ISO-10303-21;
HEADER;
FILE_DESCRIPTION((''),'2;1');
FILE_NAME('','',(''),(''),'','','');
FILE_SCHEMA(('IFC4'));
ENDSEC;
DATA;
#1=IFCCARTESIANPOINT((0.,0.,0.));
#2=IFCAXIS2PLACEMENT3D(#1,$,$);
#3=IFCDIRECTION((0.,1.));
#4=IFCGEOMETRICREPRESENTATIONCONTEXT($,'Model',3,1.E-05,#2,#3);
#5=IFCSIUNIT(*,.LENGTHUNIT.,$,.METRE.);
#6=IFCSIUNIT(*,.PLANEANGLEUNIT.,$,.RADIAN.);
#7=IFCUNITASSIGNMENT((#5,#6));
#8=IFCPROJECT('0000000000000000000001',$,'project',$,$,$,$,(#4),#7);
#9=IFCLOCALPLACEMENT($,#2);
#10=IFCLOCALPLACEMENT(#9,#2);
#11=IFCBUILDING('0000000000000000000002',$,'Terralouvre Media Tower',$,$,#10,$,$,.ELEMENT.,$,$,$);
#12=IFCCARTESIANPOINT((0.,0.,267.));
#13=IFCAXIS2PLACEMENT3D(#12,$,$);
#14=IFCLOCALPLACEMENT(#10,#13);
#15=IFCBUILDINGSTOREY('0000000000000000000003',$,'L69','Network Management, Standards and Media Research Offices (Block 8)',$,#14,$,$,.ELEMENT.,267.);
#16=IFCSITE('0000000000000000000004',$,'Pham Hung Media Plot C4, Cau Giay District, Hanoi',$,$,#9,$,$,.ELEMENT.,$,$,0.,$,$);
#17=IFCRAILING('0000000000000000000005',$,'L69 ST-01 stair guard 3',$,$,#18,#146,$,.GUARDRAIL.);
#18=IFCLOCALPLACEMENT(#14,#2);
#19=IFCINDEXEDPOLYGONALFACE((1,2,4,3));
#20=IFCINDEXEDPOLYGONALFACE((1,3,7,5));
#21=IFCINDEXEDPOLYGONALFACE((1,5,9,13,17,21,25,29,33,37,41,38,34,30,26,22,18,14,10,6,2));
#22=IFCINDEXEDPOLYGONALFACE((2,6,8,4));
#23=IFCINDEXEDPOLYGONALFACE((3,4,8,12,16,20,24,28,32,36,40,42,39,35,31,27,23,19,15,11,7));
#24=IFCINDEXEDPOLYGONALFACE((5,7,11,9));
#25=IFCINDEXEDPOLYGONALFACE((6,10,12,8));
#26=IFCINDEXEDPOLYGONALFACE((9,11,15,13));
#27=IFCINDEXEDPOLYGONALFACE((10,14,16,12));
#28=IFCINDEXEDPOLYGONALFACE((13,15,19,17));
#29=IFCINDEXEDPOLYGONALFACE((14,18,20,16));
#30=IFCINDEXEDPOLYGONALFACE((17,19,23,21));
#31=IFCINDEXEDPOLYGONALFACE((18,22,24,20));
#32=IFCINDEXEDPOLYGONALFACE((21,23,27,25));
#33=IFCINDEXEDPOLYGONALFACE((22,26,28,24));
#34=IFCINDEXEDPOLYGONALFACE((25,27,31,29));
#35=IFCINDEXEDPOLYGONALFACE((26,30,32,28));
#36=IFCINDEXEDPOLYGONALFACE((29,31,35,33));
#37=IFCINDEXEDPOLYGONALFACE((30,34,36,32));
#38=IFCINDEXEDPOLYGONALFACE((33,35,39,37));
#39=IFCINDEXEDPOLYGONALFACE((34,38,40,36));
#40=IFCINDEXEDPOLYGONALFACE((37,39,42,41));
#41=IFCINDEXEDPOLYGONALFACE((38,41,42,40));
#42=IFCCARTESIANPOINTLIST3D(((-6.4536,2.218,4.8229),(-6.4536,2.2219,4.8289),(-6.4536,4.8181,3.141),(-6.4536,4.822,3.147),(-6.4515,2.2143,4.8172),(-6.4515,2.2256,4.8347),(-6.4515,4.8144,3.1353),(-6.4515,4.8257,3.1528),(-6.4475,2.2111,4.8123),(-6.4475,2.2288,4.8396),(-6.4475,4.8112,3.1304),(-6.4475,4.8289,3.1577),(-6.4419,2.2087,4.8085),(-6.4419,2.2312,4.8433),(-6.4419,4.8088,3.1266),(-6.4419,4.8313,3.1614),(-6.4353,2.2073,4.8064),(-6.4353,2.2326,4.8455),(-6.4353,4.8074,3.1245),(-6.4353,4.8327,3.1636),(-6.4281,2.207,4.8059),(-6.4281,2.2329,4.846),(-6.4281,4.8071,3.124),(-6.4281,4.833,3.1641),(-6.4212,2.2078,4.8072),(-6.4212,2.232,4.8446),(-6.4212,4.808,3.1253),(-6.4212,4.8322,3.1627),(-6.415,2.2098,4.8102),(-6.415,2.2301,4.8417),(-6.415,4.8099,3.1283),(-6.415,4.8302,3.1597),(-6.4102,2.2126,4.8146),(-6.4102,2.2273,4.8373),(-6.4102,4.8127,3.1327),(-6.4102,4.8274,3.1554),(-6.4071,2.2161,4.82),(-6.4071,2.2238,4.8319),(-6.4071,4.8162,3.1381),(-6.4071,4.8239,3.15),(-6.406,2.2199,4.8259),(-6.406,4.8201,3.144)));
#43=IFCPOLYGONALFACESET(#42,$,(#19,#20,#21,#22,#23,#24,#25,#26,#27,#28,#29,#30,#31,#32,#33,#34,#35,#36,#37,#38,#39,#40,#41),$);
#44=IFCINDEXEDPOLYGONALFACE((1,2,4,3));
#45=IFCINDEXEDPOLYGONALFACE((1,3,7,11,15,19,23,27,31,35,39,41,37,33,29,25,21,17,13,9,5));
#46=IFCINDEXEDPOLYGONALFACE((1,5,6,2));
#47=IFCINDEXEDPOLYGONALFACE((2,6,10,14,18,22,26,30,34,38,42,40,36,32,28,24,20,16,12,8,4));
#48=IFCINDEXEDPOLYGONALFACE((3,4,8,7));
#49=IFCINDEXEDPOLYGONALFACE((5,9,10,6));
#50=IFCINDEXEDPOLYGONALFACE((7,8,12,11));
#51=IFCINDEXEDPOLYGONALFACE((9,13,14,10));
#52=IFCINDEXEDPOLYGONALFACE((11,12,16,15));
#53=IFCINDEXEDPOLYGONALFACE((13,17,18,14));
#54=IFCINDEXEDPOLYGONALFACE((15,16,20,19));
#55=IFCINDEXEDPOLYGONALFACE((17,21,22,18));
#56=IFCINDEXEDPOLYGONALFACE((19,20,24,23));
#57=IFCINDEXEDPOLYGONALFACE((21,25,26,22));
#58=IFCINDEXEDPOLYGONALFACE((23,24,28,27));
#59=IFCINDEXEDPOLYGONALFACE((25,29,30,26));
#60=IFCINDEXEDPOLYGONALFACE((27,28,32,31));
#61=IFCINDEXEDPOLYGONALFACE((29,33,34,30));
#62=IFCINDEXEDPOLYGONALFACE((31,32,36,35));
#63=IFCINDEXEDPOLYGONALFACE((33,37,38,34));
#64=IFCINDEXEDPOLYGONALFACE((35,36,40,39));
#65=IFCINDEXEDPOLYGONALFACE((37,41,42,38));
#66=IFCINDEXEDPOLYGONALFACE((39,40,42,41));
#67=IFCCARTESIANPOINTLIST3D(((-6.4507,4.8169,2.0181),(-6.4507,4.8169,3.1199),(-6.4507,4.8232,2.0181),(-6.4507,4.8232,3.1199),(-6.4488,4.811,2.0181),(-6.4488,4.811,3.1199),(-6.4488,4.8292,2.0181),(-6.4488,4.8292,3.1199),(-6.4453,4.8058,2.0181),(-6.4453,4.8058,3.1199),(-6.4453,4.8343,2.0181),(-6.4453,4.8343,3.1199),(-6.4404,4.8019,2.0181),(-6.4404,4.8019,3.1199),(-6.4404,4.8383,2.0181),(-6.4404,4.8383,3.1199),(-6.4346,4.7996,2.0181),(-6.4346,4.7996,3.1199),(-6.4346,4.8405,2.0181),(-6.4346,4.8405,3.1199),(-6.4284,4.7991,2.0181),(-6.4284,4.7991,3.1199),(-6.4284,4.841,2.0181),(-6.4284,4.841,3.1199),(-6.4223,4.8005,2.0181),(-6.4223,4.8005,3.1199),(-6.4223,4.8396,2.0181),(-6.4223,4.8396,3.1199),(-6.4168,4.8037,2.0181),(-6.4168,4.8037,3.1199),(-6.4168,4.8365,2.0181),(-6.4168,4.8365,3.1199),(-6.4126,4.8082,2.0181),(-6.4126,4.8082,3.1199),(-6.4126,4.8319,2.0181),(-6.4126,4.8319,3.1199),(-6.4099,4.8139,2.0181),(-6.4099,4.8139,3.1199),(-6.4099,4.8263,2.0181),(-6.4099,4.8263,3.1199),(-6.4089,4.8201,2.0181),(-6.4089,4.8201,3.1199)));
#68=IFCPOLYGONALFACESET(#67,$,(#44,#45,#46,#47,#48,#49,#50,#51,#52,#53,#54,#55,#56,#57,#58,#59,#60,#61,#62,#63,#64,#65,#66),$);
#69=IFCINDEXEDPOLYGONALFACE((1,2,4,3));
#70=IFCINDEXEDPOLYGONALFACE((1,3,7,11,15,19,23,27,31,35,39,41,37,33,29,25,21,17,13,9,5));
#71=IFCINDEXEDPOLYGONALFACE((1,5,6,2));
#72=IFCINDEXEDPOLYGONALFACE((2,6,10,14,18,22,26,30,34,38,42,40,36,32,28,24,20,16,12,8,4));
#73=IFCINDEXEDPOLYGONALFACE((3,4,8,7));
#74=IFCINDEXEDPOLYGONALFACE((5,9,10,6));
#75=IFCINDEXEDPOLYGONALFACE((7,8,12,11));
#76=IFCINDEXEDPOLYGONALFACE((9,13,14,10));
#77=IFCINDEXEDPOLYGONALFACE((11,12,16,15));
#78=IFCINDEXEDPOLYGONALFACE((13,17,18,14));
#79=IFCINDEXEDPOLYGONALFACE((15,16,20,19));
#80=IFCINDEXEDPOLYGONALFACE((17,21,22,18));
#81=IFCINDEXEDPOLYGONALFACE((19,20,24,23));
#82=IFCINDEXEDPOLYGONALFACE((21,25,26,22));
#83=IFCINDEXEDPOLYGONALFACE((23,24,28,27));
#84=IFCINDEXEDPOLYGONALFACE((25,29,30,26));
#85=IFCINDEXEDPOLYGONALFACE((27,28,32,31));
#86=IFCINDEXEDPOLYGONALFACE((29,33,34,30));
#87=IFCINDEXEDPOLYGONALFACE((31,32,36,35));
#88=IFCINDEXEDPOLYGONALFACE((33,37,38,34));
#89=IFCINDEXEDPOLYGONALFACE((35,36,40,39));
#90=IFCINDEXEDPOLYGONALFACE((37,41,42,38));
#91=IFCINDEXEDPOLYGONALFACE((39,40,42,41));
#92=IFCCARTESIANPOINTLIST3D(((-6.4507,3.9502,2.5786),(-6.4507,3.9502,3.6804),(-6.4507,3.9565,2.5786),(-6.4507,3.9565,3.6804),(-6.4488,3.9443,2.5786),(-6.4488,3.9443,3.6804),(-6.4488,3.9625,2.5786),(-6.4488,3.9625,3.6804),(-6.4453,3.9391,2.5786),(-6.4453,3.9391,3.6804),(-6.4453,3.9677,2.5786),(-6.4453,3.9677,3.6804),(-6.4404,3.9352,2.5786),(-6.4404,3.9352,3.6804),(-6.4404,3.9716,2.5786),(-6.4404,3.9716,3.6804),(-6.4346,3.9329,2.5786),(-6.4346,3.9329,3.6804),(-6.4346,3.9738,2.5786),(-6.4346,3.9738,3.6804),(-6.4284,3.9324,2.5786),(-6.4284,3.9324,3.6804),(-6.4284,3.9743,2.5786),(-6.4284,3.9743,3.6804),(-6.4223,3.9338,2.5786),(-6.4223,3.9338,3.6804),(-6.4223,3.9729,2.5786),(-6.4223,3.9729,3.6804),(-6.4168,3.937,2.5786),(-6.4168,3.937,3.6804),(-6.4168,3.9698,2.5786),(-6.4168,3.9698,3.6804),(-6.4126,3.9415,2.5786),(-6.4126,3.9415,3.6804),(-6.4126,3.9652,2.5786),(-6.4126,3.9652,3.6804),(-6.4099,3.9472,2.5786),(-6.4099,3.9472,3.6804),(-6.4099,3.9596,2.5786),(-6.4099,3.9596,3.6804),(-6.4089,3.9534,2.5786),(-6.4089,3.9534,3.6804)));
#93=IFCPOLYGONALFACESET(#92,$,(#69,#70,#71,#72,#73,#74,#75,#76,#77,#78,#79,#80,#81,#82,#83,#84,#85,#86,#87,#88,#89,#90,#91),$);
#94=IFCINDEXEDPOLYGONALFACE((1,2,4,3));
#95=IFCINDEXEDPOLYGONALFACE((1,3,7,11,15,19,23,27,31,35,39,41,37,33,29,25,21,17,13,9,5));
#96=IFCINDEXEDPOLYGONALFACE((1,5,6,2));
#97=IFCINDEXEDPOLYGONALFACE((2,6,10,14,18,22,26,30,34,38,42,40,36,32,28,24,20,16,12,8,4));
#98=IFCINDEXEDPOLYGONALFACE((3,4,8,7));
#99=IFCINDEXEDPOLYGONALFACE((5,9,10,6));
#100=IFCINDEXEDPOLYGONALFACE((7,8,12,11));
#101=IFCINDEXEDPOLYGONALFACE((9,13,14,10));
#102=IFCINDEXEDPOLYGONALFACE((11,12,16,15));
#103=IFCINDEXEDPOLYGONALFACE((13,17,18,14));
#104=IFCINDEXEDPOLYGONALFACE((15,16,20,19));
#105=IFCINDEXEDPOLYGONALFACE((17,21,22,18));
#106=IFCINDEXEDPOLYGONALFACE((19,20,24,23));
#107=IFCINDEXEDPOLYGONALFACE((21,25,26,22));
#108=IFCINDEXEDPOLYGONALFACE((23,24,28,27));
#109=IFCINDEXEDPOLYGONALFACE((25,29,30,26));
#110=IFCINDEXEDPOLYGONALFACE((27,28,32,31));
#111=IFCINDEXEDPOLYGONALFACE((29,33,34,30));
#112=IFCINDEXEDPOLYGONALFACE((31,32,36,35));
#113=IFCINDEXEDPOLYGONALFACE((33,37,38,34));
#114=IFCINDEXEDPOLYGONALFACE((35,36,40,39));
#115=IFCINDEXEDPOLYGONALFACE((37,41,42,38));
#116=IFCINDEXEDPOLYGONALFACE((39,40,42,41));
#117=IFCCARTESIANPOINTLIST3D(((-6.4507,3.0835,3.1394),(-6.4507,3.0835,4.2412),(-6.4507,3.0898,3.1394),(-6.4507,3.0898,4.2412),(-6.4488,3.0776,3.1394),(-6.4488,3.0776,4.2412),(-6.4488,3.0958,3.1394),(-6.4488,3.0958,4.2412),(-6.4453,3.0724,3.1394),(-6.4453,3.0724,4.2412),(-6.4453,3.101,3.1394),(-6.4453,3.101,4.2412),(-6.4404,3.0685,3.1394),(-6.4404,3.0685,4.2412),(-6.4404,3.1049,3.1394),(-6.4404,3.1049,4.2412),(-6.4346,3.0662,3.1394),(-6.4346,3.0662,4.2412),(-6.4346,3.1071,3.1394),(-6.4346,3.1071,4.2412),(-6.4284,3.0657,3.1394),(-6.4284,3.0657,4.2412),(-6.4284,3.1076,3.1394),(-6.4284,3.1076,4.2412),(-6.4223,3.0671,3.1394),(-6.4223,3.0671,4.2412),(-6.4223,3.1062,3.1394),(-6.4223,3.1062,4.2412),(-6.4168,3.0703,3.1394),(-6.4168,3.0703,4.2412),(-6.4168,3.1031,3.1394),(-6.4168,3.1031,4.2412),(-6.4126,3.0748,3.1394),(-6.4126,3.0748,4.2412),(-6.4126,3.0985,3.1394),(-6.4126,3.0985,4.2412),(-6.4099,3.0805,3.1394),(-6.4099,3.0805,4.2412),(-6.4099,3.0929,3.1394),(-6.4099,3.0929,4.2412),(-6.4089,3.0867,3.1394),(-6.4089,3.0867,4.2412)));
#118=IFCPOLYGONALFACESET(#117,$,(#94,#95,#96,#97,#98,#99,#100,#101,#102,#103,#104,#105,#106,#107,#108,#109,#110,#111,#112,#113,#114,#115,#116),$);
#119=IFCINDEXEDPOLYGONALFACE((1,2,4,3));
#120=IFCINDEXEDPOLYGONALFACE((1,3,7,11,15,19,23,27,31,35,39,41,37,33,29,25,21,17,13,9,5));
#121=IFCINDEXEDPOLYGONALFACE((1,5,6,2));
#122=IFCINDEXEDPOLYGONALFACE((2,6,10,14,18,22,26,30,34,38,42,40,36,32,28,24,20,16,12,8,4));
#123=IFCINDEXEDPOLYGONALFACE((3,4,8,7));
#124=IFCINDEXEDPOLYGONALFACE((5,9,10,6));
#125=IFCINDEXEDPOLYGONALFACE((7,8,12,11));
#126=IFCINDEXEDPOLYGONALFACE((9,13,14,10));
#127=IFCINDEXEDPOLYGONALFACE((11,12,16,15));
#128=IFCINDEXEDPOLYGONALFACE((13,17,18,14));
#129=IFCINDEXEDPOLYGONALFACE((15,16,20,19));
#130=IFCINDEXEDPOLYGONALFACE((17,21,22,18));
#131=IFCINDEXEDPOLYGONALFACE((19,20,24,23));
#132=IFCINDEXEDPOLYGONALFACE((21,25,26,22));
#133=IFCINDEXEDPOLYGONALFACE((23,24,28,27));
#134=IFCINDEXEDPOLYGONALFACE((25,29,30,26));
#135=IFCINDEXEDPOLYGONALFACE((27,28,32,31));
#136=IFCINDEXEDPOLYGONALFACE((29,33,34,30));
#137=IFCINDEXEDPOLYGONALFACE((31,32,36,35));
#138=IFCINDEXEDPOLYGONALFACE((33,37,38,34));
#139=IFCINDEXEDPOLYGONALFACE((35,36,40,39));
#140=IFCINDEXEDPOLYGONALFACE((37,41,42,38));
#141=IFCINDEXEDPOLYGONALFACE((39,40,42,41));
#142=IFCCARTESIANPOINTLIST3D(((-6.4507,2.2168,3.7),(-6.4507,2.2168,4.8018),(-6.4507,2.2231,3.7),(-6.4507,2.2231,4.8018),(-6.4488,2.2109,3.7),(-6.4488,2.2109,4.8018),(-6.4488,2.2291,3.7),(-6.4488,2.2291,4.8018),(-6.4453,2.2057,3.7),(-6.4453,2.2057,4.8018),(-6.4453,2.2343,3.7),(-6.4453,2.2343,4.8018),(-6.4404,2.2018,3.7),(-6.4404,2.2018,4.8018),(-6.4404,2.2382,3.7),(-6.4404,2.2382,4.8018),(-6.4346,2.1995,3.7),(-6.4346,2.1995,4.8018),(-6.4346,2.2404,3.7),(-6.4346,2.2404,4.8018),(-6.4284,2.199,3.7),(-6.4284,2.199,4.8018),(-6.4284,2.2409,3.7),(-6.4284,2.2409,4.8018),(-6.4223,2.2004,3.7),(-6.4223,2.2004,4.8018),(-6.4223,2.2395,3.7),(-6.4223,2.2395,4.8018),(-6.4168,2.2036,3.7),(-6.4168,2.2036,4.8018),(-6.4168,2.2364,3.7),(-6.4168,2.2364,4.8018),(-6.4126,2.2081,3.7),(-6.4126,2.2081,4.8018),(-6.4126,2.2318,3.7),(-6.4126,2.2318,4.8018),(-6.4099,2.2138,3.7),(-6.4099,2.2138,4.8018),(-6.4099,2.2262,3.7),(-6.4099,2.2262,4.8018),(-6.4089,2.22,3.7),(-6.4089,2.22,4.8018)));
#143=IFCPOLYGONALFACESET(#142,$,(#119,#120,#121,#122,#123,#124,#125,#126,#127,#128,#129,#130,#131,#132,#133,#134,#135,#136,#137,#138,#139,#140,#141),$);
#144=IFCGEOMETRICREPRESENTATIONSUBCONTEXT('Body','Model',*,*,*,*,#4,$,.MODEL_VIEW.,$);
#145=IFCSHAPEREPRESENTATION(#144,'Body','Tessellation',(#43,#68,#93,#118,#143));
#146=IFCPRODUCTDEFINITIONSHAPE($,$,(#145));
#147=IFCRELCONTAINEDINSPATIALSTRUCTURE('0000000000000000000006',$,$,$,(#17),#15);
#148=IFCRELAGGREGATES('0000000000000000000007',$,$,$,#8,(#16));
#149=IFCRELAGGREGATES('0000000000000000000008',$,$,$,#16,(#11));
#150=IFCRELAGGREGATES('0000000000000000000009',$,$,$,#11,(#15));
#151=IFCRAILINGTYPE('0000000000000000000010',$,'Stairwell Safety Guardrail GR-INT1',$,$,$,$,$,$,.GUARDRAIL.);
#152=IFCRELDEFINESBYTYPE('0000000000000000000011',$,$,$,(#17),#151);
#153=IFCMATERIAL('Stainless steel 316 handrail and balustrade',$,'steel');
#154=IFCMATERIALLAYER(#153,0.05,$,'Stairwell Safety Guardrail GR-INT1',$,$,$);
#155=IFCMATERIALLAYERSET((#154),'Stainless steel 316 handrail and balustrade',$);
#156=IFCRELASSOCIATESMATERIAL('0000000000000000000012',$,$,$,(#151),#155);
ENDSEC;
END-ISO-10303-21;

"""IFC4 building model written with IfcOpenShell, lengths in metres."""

from ifc_helpers import new_model, si_unit, direction, frame, origin, origin_2d, place, context, subcontext, project, spatial, circle, extrude, material, layer, layer_set, type_object, element, save


model = new_model("IFC4")

# Units and contexts
model_context = context("Model", 3, precision=1e-05, world=origin(), true_north=direction((0.0, 1.0)))
body_context = subcontext(model_context, "Body", "Model", "MODEL_VIEW")
ifc_project = project(units=[si_unit("LENGTHUNIT", "METRE"), si_unit("PLANEANGLEUNIT", "RADIAN")], contexts=[model_context])

# Site, building, storey
site_placement = place(None, origin())
site = spatial("IfcSite", under=ifc_project, at=site_placement, Name="Pham Hung Media Plot C4, Cau Giay District, Hanoi", CompositionType="ELEMENT", RefElevation=0.0)
building_placement = place(site_placement, origin())
building = spatial("IfcBuilding", under=site, at=building_placement, Name="Terralouvre Media Tower", CompositionType="ELEMENT")
storey_placement = place(building_placement, frame((0.0, 0.0, 267.0)))
storey = spatial("IfcBuildingStorey", under=building, at=storey_placement, Name="L69", Description="Network Management, Standards and Media Research Offices (Block 8)", CompositionType="ELEMENT", Elevation=267.0)

# Railing
ifc_material_1 = material(Name="Stainless steel 316 handrail and balustrade", Category="steel")
ifc_layer_1 = layer(ifc_material_1, 0.05, Name="Stairwell Safety Guardrail GR-INT1")
ifc_layer_set_1 = layer_set([ifc_layer_1], Name="Stainless steel 316 handrail and balustrade")
railing_type_1 = type_object("IfcRailingType", Name="Stairwell Safety Guardrail GR-INT1", PredefinedType="GUARDRAIL", material=ifc_layer_set_1)
railing_1_placement = place(storey_placement, frame((-6.4299, 4.8201, 2.0181)))
element("IfcRailing", 1, at=railing_1_placement, inside=storey, type_object=railing_type_1, Name="L69 ST-01 stair guard 3", PredefinedType="GUARDRAIL", context=body_context, shape_type="SweptSolid", body=[
    extrude(circle(Radius=0.0239, at=origin_2d()), frame((0.0, 0.0, 1.126), z_axis=(0.0, -0.839648, 0.54313), x_axis=(1.0, 0.0, 0.0)), (0.0, 0.0, 1.0), 3.0967),
    extrude(circle(Radius=0.021, at=origin_2d()), origin(), (0.0, 0.0, 1.0), 1.1018),
    extrude(circle(Radius=0.021, at=origin_2d()), frame((0.0, -0.8667, 0.5605)), (0.0, 0.0, 1.0), 1.1018),
    extrude(circle(Radius=0.021, at=origin_2d()), frame((0.0, -1.7334, 1.1213)), (0.0, 0.0, 1.0), 1.1018),
    extrude(circle(Radius=0.021, at=origin_2d()), frame((0.0, -2.6001, 1.6819)), (0.0, 0.0, 1.0), 1.1018),
])

save(model, "model.ifc")
